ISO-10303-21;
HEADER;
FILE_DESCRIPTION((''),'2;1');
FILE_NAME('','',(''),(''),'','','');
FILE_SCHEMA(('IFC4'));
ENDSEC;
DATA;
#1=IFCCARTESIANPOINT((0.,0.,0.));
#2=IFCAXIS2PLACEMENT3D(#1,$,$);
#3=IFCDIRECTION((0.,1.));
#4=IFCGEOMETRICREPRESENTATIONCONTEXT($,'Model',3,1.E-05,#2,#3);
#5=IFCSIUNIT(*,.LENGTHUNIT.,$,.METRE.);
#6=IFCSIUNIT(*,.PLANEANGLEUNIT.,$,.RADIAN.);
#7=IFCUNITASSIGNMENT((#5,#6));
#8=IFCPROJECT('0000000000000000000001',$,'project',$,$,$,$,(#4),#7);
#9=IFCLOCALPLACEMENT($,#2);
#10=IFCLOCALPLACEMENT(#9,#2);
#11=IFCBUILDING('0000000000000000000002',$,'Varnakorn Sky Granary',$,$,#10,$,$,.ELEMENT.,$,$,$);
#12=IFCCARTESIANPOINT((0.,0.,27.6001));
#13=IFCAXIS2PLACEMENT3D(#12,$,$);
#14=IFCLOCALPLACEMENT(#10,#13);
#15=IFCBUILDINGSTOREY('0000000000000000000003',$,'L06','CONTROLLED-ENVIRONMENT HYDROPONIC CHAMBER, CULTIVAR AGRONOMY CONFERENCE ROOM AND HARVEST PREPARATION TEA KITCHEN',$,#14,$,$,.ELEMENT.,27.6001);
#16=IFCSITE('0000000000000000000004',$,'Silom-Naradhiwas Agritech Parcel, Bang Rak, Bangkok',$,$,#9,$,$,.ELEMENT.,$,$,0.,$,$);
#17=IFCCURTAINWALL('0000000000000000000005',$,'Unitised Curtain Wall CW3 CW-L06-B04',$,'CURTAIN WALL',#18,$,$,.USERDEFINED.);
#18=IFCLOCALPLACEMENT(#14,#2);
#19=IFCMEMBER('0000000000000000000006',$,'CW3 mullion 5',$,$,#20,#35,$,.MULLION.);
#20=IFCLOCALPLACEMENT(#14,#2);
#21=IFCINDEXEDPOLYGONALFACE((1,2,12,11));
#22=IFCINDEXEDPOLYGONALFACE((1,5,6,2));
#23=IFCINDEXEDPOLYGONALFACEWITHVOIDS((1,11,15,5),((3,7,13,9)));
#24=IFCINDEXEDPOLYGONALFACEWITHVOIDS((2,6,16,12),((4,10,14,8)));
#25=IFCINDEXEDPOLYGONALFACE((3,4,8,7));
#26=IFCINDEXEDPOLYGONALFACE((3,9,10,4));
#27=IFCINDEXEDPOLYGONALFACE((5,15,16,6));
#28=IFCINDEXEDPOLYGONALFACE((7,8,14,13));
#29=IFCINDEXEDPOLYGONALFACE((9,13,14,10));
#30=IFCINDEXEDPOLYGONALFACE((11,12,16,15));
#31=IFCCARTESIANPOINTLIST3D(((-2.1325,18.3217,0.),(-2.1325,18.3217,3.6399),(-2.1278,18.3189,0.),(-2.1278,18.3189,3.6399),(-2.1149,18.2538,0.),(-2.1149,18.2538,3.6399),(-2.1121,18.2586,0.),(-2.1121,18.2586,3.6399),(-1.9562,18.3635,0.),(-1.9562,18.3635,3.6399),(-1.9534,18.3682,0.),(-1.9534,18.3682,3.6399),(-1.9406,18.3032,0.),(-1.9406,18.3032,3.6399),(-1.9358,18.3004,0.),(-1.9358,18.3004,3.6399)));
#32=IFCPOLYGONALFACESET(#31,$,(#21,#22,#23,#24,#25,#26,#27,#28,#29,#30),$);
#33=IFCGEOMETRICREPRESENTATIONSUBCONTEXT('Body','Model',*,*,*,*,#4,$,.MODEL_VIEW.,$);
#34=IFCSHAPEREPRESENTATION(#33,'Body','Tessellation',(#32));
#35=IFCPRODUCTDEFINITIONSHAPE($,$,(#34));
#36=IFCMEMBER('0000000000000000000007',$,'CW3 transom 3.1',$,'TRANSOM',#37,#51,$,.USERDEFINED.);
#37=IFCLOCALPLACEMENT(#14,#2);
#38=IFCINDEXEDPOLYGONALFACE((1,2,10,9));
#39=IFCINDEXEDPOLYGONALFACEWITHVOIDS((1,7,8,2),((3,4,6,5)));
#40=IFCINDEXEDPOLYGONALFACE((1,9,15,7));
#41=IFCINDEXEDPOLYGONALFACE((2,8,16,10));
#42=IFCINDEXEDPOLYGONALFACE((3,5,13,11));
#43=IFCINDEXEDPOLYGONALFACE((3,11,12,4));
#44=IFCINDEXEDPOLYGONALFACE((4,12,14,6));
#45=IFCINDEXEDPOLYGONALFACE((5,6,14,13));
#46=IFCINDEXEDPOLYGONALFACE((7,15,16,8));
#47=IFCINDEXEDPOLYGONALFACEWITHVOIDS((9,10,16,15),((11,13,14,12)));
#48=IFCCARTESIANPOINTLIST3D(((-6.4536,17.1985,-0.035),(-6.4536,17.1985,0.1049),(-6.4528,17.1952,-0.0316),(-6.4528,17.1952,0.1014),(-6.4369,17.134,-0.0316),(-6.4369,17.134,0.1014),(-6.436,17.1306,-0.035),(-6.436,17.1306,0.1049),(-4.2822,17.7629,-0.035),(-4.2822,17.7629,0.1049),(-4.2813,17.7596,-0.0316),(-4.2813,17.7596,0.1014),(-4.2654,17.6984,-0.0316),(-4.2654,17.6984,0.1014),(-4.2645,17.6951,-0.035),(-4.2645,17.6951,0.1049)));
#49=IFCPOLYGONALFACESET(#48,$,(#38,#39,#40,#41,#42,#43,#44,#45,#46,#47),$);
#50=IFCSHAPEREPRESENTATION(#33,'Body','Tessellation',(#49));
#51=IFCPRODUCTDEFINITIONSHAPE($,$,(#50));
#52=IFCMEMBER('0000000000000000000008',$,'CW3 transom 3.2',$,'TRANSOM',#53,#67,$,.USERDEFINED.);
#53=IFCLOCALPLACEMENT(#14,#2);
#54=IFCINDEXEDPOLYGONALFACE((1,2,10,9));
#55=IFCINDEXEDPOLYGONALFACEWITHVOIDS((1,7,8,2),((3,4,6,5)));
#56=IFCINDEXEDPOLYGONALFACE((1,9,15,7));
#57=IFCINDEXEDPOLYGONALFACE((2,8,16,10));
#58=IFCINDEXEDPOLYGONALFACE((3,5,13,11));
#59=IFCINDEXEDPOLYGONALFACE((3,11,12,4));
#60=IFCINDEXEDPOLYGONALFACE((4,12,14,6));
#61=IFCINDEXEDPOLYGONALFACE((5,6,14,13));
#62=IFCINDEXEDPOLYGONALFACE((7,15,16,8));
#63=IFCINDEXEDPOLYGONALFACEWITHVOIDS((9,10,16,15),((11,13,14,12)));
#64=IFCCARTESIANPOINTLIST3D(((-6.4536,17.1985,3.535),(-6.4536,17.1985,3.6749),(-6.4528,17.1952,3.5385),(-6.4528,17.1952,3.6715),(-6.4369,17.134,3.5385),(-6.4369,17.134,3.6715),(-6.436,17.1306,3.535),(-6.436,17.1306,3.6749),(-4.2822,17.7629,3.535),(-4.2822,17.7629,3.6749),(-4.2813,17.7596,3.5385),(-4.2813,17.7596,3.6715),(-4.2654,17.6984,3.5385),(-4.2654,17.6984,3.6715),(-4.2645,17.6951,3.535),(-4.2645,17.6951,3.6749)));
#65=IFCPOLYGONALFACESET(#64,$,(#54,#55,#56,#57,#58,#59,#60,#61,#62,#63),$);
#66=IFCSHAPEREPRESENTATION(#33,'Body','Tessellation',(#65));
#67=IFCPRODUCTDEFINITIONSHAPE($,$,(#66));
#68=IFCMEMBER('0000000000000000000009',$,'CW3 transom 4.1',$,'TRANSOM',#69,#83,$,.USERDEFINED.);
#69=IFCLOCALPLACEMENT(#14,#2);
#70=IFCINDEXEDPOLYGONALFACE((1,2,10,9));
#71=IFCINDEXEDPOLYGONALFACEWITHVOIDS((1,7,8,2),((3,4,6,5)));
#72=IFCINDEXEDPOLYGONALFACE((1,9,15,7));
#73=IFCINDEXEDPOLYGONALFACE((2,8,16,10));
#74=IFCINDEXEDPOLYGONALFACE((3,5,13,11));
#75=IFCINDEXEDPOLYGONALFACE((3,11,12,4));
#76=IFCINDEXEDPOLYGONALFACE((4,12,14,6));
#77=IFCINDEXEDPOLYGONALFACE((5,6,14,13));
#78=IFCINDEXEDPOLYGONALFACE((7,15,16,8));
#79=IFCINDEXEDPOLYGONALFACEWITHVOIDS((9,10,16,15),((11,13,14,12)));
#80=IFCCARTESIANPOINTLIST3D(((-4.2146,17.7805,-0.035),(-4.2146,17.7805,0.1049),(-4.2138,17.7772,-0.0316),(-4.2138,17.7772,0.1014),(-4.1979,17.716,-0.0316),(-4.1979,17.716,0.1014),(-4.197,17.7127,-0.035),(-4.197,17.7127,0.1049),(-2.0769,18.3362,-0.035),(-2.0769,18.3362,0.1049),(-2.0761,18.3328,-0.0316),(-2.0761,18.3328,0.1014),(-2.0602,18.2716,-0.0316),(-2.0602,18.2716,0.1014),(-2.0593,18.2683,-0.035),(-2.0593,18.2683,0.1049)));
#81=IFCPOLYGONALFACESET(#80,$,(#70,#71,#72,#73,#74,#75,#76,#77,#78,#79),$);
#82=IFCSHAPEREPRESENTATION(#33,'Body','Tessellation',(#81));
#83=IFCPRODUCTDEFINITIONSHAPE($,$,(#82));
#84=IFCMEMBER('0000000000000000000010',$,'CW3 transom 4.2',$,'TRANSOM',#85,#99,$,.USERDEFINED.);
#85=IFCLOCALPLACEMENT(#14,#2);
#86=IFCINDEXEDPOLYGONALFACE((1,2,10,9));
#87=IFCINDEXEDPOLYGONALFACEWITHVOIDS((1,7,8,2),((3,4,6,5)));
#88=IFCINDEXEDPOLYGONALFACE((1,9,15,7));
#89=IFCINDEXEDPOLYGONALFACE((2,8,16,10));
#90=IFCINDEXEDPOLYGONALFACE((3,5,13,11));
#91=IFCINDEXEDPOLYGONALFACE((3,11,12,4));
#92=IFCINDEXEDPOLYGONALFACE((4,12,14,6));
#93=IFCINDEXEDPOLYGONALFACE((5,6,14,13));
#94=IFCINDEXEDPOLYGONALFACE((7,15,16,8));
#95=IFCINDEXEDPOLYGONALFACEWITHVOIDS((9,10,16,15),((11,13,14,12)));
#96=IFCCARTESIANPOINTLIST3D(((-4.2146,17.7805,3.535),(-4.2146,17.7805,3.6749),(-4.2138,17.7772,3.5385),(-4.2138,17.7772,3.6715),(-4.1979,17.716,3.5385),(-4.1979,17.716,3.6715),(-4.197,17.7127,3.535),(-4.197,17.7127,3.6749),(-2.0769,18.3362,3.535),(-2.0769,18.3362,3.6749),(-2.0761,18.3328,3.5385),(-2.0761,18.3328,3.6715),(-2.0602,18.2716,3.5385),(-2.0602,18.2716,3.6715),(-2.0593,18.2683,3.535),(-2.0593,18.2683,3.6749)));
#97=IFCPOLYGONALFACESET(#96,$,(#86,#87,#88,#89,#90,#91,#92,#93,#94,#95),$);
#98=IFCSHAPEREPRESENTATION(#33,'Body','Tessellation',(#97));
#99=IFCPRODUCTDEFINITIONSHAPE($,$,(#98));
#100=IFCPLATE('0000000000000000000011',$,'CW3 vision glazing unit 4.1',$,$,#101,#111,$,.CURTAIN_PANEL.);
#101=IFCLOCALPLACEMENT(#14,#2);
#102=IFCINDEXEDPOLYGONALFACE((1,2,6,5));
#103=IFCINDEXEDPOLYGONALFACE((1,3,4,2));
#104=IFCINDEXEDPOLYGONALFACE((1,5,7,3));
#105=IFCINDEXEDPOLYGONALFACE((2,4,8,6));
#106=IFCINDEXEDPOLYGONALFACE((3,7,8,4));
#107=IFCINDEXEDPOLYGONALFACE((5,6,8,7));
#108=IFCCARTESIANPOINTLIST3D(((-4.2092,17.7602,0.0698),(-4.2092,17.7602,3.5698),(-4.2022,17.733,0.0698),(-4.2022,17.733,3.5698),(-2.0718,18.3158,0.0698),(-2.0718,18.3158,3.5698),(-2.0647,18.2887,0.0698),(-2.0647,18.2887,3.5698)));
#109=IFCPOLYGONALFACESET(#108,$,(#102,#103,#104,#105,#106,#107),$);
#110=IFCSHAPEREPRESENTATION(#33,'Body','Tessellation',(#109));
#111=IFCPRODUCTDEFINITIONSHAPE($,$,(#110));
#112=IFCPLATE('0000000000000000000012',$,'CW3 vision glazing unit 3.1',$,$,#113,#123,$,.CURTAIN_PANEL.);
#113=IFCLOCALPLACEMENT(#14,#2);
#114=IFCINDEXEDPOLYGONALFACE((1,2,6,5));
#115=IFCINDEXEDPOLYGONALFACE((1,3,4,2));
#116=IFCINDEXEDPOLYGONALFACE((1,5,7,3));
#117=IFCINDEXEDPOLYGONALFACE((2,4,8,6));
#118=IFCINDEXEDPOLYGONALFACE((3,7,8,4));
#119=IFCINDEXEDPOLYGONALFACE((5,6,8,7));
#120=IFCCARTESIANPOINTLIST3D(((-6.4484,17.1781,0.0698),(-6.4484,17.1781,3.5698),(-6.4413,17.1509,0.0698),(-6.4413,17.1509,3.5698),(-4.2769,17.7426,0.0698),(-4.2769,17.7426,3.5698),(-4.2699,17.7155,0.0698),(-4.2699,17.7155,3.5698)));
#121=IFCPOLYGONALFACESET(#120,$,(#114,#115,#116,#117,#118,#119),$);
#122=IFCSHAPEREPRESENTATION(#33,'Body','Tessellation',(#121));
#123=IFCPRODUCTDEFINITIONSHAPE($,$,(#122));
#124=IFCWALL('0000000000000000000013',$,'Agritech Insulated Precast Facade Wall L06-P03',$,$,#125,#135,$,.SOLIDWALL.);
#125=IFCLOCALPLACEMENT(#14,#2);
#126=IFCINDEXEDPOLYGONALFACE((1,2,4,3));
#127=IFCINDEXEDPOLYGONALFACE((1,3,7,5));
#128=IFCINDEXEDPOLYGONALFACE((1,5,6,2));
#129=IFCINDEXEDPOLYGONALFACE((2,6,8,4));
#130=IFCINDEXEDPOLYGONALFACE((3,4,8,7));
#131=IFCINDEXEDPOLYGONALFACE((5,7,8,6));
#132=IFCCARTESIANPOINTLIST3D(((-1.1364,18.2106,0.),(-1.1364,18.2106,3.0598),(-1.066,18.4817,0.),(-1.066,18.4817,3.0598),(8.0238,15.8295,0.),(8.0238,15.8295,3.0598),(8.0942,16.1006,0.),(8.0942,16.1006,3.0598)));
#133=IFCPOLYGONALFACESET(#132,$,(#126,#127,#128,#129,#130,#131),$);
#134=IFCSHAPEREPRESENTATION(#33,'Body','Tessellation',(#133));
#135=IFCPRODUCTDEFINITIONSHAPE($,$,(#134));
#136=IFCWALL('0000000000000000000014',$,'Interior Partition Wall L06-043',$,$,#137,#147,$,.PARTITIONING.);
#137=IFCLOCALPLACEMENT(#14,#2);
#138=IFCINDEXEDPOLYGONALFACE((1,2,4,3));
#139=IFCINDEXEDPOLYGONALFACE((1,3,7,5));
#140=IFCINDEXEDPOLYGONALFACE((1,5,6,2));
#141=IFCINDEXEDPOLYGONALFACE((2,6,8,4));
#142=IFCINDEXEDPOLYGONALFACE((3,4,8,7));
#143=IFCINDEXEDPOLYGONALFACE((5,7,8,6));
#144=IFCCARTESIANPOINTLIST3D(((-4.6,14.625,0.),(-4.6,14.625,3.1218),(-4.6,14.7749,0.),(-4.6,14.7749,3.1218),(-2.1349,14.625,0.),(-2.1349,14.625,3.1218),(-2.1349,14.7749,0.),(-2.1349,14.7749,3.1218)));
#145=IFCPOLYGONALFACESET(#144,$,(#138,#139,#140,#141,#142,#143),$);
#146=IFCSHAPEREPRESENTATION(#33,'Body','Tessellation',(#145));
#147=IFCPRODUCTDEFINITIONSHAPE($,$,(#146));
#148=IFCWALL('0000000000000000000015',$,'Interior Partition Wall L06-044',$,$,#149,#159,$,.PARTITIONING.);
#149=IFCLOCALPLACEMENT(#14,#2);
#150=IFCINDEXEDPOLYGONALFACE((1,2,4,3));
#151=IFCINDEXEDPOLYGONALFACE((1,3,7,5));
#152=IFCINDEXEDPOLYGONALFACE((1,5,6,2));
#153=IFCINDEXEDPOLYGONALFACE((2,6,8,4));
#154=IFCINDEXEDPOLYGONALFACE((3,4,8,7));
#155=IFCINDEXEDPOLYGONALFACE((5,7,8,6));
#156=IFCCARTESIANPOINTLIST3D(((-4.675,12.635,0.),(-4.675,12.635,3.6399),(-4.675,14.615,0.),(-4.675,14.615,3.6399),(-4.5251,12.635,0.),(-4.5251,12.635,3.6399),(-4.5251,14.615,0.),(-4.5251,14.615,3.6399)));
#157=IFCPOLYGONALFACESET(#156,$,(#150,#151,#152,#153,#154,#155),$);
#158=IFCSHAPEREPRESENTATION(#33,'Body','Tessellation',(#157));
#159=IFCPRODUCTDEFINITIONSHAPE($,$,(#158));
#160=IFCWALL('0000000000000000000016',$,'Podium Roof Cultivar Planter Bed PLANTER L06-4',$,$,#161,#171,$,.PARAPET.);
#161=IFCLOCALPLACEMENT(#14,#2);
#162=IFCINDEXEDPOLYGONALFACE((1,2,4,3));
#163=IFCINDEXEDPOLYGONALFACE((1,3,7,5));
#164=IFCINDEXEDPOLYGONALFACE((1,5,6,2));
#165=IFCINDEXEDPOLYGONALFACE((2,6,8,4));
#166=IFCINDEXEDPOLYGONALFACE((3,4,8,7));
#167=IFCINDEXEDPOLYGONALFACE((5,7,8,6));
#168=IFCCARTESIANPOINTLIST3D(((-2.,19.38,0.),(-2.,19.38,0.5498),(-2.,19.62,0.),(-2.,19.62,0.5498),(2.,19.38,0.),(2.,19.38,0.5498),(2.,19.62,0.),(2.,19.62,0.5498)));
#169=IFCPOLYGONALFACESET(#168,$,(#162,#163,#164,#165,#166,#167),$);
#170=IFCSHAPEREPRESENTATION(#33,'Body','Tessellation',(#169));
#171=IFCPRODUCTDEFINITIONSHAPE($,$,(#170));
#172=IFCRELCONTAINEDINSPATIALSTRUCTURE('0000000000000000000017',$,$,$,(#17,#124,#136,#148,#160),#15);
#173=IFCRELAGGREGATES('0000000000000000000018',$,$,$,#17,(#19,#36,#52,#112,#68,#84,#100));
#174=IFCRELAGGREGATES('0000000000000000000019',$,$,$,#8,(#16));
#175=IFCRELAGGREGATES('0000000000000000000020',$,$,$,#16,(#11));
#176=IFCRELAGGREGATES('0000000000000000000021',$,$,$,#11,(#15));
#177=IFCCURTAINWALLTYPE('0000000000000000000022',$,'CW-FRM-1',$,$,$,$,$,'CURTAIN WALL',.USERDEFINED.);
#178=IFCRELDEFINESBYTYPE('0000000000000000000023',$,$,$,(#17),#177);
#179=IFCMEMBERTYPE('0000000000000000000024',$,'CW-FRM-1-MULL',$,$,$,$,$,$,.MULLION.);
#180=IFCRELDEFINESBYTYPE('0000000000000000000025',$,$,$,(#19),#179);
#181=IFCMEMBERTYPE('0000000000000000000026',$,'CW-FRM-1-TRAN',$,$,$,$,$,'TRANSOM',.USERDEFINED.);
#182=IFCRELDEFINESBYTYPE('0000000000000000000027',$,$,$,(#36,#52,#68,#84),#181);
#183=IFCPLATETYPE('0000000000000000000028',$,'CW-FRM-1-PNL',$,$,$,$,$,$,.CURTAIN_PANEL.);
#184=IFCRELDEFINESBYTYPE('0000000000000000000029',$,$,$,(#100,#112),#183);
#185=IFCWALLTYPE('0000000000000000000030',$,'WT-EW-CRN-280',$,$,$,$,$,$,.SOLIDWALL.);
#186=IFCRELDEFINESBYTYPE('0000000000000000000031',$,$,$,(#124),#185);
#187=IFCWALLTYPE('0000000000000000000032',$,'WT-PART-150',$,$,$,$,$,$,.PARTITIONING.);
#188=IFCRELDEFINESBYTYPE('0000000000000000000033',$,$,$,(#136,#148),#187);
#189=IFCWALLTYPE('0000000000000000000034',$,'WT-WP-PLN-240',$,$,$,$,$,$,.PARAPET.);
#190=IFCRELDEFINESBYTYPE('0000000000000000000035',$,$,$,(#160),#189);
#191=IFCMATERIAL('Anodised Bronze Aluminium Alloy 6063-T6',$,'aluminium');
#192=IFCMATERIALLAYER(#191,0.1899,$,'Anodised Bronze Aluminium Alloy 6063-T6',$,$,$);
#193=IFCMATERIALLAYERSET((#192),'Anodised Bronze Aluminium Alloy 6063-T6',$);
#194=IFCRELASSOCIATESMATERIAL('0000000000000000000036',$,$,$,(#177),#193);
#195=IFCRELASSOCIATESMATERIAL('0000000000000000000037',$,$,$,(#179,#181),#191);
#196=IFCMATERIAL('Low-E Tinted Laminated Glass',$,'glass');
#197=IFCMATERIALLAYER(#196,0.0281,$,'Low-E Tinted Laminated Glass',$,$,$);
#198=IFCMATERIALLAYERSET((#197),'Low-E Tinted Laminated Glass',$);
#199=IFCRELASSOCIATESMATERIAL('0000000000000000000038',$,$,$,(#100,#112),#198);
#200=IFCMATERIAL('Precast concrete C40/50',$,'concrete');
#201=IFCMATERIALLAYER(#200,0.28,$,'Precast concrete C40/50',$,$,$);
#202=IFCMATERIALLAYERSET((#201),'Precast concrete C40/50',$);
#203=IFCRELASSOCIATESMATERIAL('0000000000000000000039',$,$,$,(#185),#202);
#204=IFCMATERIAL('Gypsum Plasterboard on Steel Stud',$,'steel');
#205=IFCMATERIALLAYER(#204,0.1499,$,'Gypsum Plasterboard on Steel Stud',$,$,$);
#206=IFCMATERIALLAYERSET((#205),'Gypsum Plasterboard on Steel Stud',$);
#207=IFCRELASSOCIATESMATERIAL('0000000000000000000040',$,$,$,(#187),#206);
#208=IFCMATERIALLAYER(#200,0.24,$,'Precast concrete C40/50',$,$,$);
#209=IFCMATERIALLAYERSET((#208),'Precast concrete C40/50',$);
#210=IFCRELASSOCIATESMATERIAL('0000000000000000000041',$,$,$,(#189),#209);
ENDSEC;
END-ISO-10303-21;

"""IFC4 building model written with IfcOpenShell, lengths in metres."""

from ifc_helpers import new_model, si_unit, direction, frame, frame_2d, origin, origin_2d, place, context, subcontext, project, spatial, rectangle, hollow_rectangle, extrude, source, transform, mapped, material, layer, layer_set, material_profile, profile_set, type_object, type_shapes, element, aggregate, save


model = new_model("IFC4")

# Units and contexts
model_context = context("Model", 3, precision=1e-05, world=origin(), true_north=direction((0.0, 1.0)))
body_context = subcontext(model_context, "Body", "Model", "MODEL_VIEW")
ifc_project = project(units=[si_unit("LENGTHUNIT", "METRE"), si_unit("PLANEANGLEUNIT", "RADIAN")], contexts=[model_context])

# Site, building, storey
site_placement = place(None, origin())
site = spatial("IfcSite", under=ifc_project, at=site_placement, Name="Silom-Naradhiwas Agritech Parcel, Bang Rak, Bangkok", CompositionType="ELEMENT", RefElevation=0.0)
building_placement = place(site_placement, origin())
building = spatial("IfcBuilding", under=site, at=building_placement, Name="Varnakorn Sky Granary", CompositionType="ELEMENT")
storey_placement = place(building_placement, frame((0.0, 0.0, 27.6001)))
storey = spatial("IfcBuildingStorey", under=building, at=storey_placement, Name="L06", Description="CONTROLLED-ENVIRONMENT HYDROPONIC CHAMBER, CULTIVAR AGRONOMY CONFERENCE ROOM AND HARVEST PREPARATION TEA KITCHEN", CompositionType="ELEMENT", Elevation=27.6001)

# Curtain wall, members, plates
ifc_material_1 = material(Name="Anodised Bronze Aluminium Alloy 6063-T6", Category="aluminium")
ifc_layer_1 = layer(ifc_material_1, 0.1899, Name="Anodised Bronze Aluminium Alloy 6063-T6")
ifc_layer_set_1 = layer_set([ifc_layer_1], Name="Anodised Bronze Aluminium Alloy 6063-T6")
curtain_wall_type = type_object("IfcCurtainWallType", Name="CW-FRM-1", ElementType="CURTAIN WALL", PredefinedType="USERDEFINED", material=ifc_layer_set_1)
curtain_wall_placement = place(storey_placement, origin())
curtain_wall = element("IfcCurtainWall", 1, at=curtain_wall_placement, inside=storey, type_object=curtain_wall_type, Name="Unitised Curtain Wall CW3 CW-L06-B04", ObjectType="CURTAIN WALL", PredefinedType="USERDEFINED")
ifc_material_profile_1 = material_profile(ifc_material_1, hollow_rectangle(XDim=0.0701, YDim=0.1851, WallThickness=0.0039, at=origin_2d()), Name="ALU MULL 70x185")
ifc_profile_set_1 = profile_set([ifc_material_profile_1], Name="Anodised Bronze Aluminium Alloy 6063-T6")
member_type_1 = type_object("IfcMemberType", Name="CW-FRM-1-MULL", PredefinedType="MULLION", material=ifc_profile_set_1)
member_1_placement = place(storey_placement, frame((-2.0342, 18.311, 0.0), z_axis=(0.0, 0.0, 1.0), x_axis=(-0.251609, 0.967829, 0.0)))
member_1 = element("IfcMember", 2, at=member_1_placement, type_object=member_type_1, Name="CW3 mullion 5", PredefinedType="MULLION", context=body_context, shape_type="SweptSolid", body=[
    extrude(hollow_rectangle(XDim=0.0701, YDim=0.1851, WallThickness=0.0039, at=origin_2d()), origin(), (0.0, 0.0, 1.0), 3.6399),
])
ifc_material_profile_2 = material_profile(ifc_material_1, hollow_rectangle(XDim=0.0701, YDim=0.1399, WallThickness=0.0034, at=origin_2d()), Name="ALU TRAN 70x140")
ifc_profile_set_2 = profile_set([ifc_material_profile_2], Name="Anodised Bronze Aluminium Alloy 6063-T6")
member_type_2 = type_object("IfcMemberType", Name="CW-FRM-1-TRAN", ElementType="TRANSOM", PredefinedType="USERDEFINED", material=ifc_profile_set_2)
member_2_placement = place(storey_placement, frame((-6.4448, 17.1646, 0.0349), z_axis=(0.967834, 0.251589, 0.0), x_axis=(-0.251589, 0.967834, 0.0)))
member_2 = element("IfcMember", 3, at=member_2_placement, type_object=member_type_2, Name="CW3 transom 3.1", ObjectType="TRANSOM", PredefinedType="USERDEFINED", context=body_context, shape_type="SweptSolid", body=[
    extrude(hollow_rectangle(XDim=0.0701, YDim=0.1399, WallThickness=0.0034, at=origin_2d()), origin(), (0.0, 0.0, 1.0), 2.2437),
])
member_3_placement = place(storey_placement, frame((-6.4448, 17.1646, 3.605), z_axis=(0.967834, 0.251589, 0.0), x_axis=(-0.251589, 0.967834, 0.0)))
member_3 = element("IfcMember", 4, at=member_3_placement, type_object=member_type_2, Name="CW3 transom 3.2", ObjectType="TRANSOM", PredefinedType="USERDEFINED", context=body_context, shape_type="SweptSolid", body=[
    extrude(hollow_rectangle(XDim=0.0701, YDim=0.1399, WallThickness=0.0034, at=origin_2d()), origin(), (0.0, 0.0, 1.0), 2.2437),
])
member_4_placement = place(storey_placement, frame((-4.2058, 17.7466, 0.0349), z_axis=(0.967838, 0.251576, 0.0), x_axis=(-0.251576, 0.967838, 0.0)))
member_4 = element("IfcMember", 5, at=member_4_placement, type_object=member_type_2, Name="CW3 transom 4.1", ObjectType="TRANSOM", PredefinedType="USERDEFINED", context=body_context, shape_type="SweptSolid", body=[
    extrude(hollow_rectangle(XDim=0.0701, YDim=0.1399, WallThickness=0.0034, at=origin_2d()), origin(), (0.0, 0.0, 1.0), 2.2087),
])
member_5_placement = place(storey_placement, frame((-4.2058, 17.7466, 3.605), z_axis=(0.967838, 0.251576, 0.0), x_axis=(-0.251576, 0.967838, 0.0)))
member_5 = element("IfcMember", 6, at=member_5_placement, type_object=member_type_2, Name="CW3 transom 4.2", ObjectType="TRANSOM", PredefinedType="USERDEFINED", context=body_context, shape_type="SweptSolid", body=[
    extrude(hollow_rectangle(XDim=0.0701, YDim=0.1399, WallThickness=0.0034, at=origin_2d()), origin(), (0.0, 0.0, 1.0), 2.2087),
])
ifc_material_2 = material(Name="Low-E Tinted Laminated Glass", Category="glass")
ifc_layer_2 = layer(ifc_material_2, 0.0281, Name="Low-E Tinted Laminated Glass")
ifc_layer_set_2 = layer_set([ifc_layer_2], Name="Low-E Tinted Laminated Glass")
plate_type = type_object("IfcPlateType", Name="CW-FRM-1-PNL", PredefinedType="CURTAIN_PANEL")
shared_shape_1 = source(origin(), body_context, "Body", "SweptSolid", [
    extrude(rectangle(XDim=2.2085, YDim=0.0281, at=origin_2d()), origin(), (0.0, 0.0, 1.0), 3.5),
])
plate_1_placement = place(storey_placement, frame((-3.137, 18.0244, 0.0698), z_axis=(0.0, 0.0, 1.0), x_axis=(0.967829, 0.251609, 0.0)))
plate_1 = element("IfcPlate", 7, at=plate_1_placement, type_object=plate_type, material=ifc_layer_set_2, Name="CW3 vision glazing unit 4.1", PredefinedType="CURTAIN_PANEL", context=body_context, shape_type="MappedRepresentation", body=[
    mapped(shared_shape_1, transform((0.0, 0.0, 0.0), x_axis=(1.0, 0.0, 0.0), y_axis=(0.0, 1.0, 0.0), z_axis=(0.0, 0.0, 1.0), scale=1.0)),
])
shared_shape_2 = source(origin(), body_context, "Body", "SweptSolid", [
    extrude(rectangle(XDim=2.2437, YDim=0.0281, at=origin_2d()), origin(), (0.0, 0.0, 1.0), 3.5),
])
type_shapes(plate_type, [shared_shape_1, shared_shape_2])
plate_2_placement = place(storey_placement, frame((-5.3591, 17.4468, 0.0698), z_axis=(0.0, 0.0, 1.0), x_axis=(0.967829, 0.251609, 0.0)))
plate_2 = element("IfcPlate", 8, at=plate_2_placement, type_object=plate_type, material=ifc_layer_set_2, Name="CW3 vision glazing unit 3.1", PredefinedType="CURTAIN_PANEL", context=body_context, shape_type="MappedRepresentation", body=[
    mapped(shared_shape_2, transform((0.0, 0.0, 0.0), x_axis=(1.0, 0.0, 0.0), y_axis=(0.0, 1.0, 0.0), z_axis=(0.0, 0.0, 1.0), scale=1.0)),
])
aggregate(curtain_wall, [member_1, member_2, member_3, plate_2, member_4, member_5, plate_1])

# Walls
ifc_material_3 = material(Name="Precast concrete C40/50", Category="concrete")
ifc_layer_3 = layer(ifc_material_3, 0.28, Name="Precast concrete C40/50")
ifc_layer_set_3 = layer_set([ifc_layer_3], Name="Precast concrete C40/50")
wall_type_1 = type_object("IfcWallType", Name="WT-EW-CRN-280", PredefinedType="SOLIDWALL", material=ifc_layer_set_3)
wall_1_placement = place(storey_placement, frame((-1.1013, 18.3462, 0.0), z_axis=(0.0, 0.0, 1.0), x_axis=(0.967836, -0.251581, 0.0)))
element("IfcWall", 9, at=wall_1_placement, inside=storey, type_object=wall_type_1, Name="Agritech Insulated Precast Facade Wall L06-P03", PredefinedType="SOLIDWALL", context=body_context, shape_type="SweptSolid", body=[
    extrude(rectangle(XDim=9.4646, YDim=0.28, at=frame_2d((4.7324, 0.0))), origin(), (0.0, 0.0, 1.0), 3.0598),
])
ifc_material_4 = material(Name="Gypsum Plasterboard on Steel Stud", Category="steel")
ifc_layer_4 = layer(ifc_material_4, 0.1499, Name="Gypsum Plasterboard on Steel Stud")
ifc_layer_set_4 = layer_set([ifc_layer_4], Name="Gypsum Plasterboard on Steel Stud")
wall_type_2 = type_object("IfcWallType", Name="WT-PART-150", PredefinedType="PARTITIONING", material=ifc_layer_set_4)
wall_2_placement = place(storey_placement, frame((-2.135, 14.7, 0.0), z_axis=(0.0, 0.0, 1.0), x_axis=(-1.0, 0.0, 0.0)))
element("IfcWall", 10, at=wall_2_placement, inside=storey, type_object=wall_type_2, Name="Interior Partition Wall L06-043", PredefinedType="PARTITIONING", context=body_context, shape_type="SweptSolid", body=[
    extrude(rectangle(XDim=2.4651, YDim=0.1499, at=frame_2d((1.2324, 0.0))), origin(), (0.0, 0.0, 1.0), 3.1218),
])
wall_3_placement = place(storey_placement, frame((-4.6001, 14.615, 0.0), z_axis=(0.0, 0.0, 1.0), x_axis=(0.0, -1.0, 0.0)))
element("IfcWall", 11, at=wall_3_placement, inside=storey, type_object=wall_type_2, Name="Interior Partition Wall L06-044", PredefinedType="PARTITIONING", context=body_context, shape_type="SweptSolid", body=[
    extrude(rectangle(XDim=1.98, YDim=0.1499, at=frame_2d((0.99, 0.0))), origin(), (0.0, 0.0, 1.0), 3.6399),
])
ifc_layer_5 = layer(ifc_material_3, 0.24, Name="Precast concrete C40/50")
ifc_layer_set_5 = layer_set([ifc_layer_5], Name="Precast concrete C40/50")
wall_type_3 = type_object("IfcWallType", Name="WT-WP-PLN-240", PredefinedType="PARAPET", material=ifc_layer_set_5)
wall_4_placement = place(storey_placement, frame((-2.0, 19.5, 0.0), z_axis=(0.0, 0.0, 1.0), x_axis=(1.0, 0.0, 0.0)))
element("IfcWall", 12, at=wall_4_placement, inside=storey, type_object=wall_type_3, Name="Podium Roof Cultivar Planter Bed PLANTER L06-4", PredefinedType="PARAPET", context=body_context, shape_type="SweptSolid", body=[
    extrude(rectangle(XDim=4.0, YDim=0.24, at=frame_2d((2.0, 0.0))), origin(), (0.0, 0.0, 1.0), 0.5498),
])

save(model, "model.ifc")
